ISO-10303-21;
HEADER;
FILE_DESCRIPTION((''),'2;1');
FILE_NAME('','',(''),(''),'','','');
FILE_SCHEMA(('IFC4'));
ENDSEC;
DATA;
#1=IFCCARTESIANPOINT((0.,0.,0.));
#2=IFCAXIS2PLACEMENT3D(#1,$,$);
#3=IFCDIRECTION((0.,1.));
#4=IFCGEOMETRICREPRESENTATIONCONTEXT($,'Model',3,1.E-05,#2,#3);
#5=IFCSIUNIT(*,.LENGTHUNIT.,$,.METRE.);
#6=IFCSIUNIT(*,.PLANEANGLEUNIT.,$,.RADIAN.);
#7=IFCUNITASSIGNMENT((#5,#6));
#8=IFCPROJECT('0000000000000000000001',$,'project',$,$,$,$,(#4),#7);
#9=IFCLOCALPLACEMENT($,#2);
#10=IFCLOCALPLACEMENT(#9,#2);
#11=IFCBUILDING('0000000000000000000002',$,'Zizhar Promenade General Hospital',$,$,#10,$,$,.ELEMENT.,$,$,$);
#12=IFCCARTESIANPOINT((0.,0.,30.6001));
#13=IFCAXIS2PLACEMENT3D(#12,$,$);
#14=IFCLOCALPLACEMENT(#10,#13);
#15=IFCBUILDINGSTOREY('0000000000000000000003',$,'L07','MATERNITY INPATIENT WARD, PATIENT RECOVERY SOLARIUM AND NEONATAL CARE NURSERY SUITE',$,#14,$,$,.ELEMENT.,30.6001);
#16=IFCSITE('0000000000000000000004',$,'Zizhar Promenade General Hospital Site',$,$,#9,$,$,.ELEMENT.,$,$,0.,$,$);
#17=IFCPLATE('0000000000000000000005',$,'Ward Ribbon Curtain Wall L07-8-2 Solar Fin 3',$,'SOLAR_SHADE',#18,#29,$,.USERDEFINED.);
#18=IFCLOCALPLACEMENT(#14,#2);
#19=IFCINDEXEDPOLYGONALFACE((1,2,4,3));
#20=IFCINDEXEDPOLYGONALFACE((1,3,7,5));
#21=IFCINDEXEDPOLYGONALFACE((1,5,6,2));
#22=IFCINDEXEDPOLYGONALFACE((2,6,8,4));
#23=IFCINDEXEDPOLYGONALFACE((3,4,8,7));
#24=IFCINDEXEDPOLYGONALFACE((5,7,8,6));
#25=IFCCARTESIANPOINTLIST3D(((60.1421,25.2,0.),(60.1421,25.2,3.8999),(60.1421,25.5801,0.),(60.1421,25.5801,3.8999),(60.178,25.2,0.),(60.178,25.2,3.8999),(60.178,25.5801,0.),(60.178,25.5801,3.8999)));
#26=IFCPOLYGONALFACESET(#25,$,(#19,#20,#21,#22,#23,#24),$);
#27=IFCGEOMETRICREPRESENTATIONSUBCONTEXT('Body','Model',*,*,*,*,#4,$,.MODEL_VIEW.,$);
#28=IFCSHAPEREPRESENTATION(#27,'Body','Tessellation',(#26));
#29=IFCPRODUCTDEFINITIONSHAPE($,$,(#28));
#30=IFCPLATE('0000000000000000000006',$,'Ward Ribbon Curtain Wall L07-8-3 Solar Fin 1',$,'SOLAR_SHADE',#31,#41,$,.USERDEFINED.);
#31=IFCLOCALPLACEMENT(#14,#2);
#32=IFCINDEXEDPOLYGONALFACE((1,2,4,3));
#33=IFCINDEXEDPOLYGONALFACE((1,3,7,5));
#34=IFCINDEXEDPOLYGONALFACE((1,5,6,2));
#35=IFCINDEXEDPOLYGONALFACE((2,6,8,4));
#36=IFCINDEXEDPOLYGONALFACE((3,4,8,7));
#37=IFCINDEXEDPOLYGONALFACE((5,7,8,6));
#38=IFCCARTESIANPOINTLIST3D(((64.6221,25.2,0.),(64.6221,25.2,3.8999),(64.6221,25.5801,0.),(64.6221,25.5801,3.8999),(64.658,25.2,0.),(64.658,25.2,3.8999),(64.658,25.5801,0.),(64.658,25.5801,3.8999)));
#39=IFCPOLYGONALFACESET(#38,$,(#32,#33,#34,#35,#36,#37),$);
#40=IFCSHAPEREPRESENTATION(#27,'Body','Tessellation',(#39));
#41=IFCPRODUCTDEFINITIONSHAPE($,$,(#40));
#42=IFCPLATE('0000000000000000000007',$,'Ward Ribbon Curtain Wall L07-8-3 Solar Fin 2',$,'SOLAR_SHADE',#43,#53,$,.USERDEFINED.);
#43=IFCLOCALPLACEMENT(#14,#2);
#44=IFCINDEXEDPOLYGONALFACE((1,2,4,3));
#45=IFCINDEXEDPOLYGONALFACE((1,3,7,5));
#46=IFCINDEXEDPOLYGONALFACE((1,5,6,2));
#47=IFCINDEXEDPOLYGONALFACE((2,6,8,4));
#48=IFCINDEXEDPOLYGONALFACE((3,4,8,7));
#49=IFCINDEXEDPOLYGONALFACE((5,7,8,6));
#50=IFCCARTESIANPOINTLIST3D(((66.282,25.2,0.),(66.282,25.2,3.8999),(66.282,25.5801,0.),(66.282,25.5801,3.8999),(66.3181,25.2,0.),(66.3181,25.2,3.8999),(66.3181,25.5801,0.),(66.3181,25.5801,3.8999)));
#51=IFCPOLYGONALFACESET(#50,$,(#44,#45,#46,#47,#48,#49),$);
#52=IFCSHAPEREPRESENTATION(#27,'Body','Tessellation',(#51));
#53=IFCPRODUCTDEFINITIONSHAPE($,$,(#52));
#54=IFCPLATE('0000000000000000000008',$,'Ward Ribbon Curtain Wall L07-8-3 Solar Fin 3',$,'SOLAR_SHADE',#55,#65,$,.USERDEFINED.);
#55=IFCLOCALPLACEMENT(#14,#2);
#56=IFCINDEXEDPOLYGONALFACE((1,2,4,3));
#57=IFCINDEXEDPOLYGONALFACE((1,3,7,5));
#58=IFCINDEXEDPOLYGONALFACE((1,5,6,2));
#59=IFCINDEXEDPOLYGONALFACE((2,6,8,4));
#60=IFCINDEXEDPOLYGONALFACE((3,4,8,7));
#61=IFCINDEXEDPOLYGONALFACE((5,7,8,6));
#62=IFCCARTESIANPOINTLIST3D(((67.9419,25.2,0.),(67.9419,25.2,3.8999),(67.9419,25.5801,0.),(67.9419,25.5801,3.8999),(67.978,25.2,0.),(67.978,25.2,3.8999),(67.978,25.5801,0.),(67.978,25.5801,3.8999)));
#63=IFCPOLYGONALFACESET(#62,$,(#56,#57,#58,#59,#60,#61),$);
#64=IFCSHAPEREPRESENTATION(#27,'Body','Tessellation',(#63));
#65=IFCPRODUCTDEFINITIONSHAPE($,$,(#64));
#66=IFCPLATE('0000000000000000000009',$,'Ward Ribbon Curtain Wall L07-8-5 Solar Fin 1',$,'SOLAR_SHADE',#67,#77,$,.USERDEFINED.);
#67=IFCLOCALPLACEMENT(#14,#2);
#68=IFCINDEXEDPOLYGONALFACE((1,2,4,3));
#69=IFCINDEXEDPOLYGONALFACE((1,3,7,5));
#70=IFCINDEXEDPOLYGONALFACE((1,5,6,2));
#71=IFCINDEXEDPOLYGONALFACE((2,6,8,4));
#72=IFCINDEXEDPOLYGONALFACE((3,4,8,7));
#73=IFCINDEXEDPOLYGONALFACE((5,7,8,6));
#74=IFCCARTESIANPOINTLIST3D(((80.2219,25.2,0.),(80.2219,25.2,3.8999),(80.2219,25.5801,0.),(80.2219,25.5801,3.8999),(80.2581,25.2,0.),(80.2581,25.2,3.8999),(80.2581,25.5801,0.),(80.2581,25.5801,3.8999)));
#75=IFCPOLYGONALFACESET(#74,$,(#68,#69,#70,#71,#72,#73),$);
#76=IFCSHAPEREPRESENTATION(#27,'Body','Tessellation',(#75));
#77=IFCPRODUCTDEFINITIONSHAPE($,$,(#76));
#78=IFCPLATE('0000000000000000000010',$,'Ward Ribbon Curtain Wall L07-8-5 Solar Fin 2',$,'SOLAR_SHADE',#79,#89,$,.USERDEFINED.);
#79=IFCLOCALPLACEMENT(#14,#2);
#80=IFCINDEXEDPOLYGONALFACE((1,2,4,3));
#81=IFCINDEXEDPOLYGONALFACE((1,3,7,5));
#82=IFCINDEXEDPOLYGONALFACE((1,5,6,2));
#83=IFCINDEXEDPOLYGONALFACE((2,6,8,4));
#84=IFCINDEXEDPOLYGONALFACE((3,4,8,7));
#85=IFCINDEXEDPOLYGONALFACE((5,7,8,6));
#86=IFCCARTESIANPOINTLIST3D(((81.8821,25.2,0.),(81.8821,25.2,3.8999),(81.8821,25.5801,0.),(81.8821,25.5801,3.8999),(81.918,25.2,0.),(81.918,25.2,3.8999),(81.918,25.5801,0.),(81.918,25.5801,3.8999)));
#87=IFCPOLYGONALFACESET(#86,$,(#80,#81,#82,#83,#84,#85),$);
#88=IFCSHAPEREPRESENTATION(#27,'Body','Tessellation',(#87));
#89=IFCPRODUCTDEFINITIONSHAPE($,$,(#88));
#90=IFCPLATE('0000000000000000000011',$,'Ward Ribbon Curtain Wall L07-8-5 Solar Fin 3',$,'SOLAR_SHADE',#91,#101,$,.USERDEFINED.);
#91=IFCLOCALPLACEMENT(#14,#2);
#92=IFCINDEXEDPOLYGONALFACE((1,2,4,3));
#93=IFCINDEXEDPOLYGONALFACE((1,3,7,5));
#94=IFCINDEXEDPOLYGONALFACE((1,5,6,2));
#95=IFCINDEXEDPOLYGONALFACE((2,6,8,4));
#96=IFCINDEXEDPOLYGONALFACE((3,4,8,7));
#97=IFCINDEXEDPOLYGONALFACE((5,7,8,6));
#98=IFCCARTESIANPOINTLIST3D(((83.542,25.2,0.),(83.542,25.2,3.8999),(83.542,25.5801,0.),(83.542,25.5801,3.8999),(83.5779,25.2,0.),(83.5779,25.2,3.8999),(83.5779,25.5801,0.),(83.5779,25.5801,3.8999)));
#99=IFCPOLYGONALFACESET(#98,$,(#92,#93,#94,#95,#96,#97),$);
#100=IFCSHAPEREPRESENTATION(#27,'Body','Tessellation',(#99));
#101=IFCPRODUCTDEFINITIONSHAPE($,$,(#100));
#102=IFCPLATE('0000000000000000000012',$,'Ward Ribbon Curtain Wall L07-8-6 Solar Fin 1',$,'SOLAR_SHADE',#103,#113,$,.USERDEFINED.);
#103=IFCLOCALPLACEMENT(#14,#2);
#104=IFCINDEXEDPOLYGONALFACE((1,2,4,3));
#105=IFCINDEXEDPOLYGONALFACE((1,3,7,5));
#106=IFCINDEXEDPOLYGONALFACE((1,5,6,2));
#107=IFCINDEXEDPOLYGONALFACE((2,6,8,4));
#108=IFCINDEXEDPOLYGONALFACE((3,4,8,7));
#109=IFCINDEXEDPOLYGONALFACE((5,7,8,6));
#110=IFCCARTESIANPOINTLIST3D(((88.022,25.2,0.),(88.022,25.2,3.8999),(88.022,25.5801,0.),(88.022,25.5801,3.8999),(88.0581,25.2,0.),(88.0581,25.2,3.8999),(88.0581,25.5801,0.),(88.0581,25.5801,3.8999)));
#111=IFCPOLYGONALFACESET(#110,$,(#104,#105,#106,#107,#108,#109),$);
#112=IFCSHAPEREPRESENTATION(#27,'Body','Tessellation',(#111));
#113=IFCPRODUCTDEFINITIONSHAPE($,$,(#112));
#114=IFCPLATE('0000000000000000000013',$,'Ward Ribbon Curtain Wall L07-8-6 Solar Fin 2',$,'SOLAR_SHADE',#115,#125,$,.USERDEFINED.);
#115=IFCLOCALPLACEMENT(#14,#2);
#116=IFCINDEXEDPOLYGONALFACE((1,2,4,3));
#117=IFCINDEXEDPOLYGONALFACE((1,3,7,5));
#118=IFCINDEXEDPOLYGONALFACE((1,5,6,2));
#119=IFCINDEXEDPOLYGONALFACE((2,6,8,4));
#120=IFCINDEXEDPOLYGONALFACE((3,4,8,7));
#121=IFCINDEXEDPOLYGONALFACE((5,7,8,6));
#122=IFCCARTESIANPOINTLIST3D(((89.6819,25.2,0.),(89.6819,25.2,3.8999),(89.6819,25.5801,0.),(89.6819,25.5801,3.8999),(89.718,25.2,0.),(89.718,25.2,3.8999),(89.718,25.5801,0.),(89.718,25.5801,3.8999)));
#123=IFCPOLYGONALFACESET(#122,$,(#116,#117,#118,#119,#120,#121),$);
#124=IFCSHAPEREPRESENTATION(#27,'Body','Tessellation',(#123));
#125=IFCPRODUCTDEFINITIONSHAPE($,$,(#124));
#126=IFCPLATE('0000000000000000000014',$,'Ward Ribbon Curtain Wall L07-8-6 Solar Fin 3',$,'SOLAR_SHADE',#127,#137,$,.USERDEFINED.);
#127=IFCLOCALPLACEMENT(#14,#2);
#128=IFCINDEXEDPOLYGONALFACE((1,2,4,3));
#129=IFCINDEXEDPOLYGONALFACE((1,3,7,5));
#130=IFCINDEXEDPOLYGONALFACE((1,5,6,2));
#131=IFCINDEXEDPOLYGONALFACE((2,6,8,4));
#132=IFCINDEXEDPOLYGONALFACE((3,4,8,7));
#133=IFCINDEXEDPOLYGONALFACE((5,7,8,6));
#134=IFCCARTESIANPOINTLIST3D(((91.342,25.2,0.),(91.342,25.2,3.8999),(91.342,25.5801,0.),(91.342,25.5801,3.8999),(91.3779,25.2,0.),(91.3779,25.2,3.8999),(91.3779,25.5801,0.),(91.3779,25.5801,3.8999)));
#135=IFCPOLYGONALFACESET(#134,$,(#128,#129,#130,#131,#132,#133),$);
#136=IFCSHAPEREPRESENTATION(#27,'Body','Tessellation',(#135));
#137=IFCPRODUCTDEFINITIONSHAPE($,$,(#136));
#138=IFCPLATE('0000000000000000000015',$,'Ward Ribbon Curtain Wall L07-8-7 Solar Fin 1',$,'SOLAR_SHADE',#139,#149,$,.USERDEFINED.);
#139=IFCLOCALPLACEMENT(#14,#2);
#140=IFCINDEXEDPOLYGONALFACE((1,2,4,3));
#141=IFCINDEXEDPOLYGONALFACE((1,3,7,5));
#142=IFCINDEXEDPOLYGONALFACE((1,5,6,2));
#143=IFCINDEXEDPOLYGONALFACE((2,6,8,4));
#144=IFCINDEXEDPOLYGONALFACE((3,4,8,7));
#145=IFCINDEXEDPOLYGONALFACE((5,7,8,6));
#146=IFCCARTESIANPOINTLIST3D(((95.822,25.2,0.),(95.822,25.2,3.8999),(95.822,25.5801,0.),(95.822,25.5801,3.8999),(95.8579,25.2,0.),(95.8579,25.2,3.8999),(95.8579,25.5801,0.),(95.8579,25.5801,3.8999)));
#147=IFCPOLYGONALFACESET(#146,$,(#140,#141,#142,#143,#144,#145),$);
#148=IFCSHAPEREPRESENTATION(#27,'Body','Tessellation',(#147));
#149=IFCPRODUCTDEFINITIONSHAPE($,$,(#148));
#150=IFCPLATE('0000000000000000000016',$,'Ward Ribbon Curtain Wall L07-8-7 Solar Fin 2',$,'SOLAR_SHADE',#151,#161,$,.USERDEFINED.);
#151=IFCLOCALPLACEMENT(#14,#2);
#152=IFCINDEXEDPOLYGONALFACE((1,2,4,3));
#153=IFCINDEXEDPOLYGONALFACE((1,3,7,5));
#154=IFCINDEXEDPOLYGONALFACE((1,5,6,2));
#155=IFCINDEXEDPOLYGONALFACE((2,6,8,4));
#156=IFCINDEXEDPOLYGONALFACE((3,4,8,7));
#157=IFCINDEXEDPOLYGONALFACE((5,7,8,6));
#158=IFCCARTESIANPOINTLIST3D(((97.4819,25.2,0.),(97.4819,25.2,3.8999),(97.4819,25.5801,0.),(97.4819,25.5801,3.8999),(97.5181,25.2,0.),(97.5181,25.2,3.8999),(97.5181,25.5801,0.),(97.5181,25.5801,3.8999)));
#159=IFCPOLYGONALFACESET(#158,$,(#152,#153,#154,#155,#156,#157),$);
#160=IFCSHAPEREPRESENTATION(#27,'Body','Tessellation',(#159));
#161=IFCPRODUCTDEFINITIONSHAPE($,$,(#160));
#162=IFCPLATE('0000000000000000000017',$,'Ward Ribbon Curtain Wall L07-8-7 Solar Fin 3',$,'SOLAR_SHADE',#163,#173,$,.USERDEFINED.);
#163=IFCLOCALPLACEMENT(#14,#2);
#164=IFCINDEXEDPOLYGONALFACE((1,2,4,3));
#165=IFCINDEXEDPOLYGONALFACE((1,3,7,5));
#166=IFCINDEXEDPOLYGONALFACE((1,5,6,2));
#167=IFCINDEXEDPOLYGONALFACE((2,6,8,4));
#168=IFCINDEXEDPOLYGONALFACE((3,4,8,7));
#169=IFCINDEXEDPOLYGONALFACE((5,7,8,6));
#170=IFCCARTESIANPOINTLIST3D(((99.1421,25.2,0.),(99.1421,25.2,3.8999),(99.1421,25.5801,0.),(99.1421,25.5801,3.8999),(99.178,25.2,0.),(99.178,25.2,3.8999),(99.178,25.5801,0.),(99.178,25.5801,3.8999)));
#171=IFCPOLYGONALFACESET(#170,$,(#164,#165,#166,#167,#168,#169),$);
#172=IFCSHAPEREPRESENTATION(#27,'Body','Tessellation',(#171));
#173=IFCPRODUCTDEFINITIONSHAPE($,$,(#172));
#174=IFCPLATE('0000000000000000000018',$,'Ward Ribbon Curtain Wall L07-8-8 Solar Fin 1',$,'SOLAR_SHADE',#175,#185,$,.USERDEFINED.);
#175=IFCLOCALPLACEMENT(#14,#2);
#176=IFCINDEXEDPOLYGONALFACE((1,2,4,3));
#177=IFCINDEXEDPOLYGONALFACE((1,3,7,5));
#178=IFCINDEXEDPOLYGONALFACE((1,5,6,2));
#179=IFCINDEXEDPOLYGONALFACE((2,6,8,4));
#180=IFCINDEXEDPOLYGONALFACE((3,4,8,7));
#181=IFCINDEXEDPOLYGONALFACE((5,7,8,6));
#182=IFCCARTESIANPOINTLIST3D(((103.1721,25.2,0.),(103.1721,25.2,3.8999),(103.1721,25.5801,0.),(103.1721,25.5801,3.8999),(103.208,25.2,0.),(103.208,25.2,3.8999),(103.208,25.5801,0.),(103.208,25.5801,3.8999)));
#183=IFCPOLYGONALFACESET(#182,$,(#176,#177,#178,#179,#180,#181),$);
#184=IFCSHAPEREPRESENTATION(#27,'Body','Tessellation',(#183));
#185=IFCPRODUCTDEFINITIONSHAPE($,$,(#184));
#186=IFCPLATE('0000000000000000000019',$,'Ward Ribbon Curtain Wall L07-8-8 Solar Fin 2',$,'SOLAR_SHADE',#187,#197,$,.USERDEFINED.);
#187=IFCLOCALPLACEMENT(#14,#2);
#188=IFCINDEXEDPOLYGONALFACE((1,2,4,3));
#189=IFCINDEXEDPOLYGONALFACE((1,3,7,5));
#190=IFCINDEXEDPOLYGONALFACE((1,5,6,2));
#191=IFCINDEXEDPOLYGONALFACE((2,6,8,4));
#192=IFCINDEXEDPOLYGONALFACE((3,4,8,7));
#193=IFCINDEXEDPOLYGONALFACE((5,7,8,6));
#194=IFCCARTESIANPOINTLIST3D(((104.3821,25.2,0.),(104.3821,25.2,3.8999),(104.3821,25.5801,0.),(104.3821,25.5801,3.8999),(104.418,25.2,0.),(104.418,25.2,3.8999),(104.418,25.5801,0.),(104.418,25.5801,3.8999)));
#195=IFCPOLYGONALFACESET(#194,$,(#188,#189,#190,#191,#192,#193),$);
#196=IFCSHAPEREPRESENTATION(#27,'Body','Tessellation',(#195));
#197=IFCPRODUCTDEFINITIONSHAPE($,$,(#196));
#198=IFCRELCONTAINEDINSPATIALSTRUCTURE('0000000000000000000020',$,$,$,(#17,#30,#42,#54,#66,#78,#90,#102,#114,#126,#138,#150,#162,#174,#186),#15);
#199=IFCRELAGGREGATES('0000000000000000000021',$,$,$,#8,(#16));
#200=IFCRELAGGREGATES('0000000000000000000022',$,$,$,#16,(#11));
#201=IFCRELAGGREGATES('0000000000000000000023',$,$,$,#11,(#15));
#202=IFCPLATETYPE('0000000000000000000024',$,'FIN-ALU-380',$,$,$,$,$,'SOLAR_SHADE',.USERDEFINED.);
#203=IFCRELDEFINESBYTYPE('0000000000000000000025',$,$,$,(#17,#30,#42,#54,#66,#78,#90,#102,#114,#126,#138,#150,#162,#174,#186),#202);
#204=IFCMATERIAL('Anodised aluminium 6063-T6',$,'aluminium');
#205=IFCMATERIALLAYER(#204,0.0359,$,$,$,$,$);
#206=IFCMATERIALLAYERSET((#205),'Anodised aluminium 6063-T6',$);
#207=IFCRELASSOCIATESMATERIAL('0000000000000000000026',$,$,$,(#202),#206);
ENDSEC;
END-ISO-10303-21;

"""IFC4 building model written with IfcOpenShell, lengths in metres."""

from ifc_helpers import new_model, si_unit, direction, frame, origin, place, context, subcontext, project, spatial, polyline, outline, extrude, material, layer, layer_set, type_object, element, save


model = new_model("IFC4")

# Units and contexts
model_context = context("Model", 3, precision=1e-05, world=origin(), true_north=direction((0.0, 1.0)))
body_context = subcontext(model_context, "Body", "Model", "MODEL_VIEW")
ifc_project = project(units=[si_unit("LENGTHUNIT", "METRE"), si_unit("PLANEANGLEUNIT", "RADIAN")], contexts=[model_context])

# Site, building, storey
site_placement = place(None, origin())
site = spatial("IfcSite", under=ifc_project, at=site_placement, Name="Zizhar Promenade General Hospital Site", CompositionType="ELEMENT", RefElevation=0.0)
building_placement = place(site_placement, origin())
building = spatial("IfcBuilding", under=site, at=building_placement, Name="Zizhar Promenade General Hospital", CompositionType="ELEMENT")
storey_placement = place(building_placement, frame((0.0, 0.0, 30.6001)))
storey = spatial("IfcBuildingStorey", under=building, at=storey_placement, Name="L07", Description="MATERNITY INPATIENT WARD, PATIENT RECOVERY SOLARIUM AND NEONATAL CARE NURSERY SUITE", CompositionType="ELEMENT", Elevation=30.6001)

# Plates
ifc_material = material(Name="Anodised aluminium 6063-T6", Category="aluminium")
ifc_layer = layer(ifc_material, 0.0359)
ifc_layer_set = layer_set([ifc_layer], Name="Anodised aluminium 6063-T6")
plate_type = type_object("IfcPlateType", Name="FIN-ALU-380", ElementType="SOLAR_SHADE", PredefinedType="USERDEFINED", material=ifc_layer_set)
plate_1_placement = place(storey_placement, origin())
element("IfcPlate", 1, at=plate_1_placement, inside=storey, type_object=plate_type, Name="Ward Ribbon Curtain Wall L07-8-2 Solar Fin 3", ObjectType="SOLAR_SHADE", PredefinedType="USERDEFINED", context=body_context, shape_type="SweptSolid", body=[
    extrude(outline(polyline([(60.1421, 25.2), (60.178, 25.2), (60.178, 25.5801), (60.1421, 25.5801), (60.1421, 25.2)])), origin(), (0.0, 0.0, 1.0), 3.8999),
])
plate_2_placement = place(storey_placement, origin())
element("IfcPlate", 2, at=plate_2_placement, inside=storey, type_object=plate_type, Name="Ward Ribbon Curtain Wall L07-8-3 Solar Fin 1", ObjectType="SOLAR_SHADE", PredefinedType="USERDEFINED", context=body_context, shape_type="SweptSolid", body=[
    extrude(outline(polyline([(64.6221, 25.2), (64.658, 25.2), (64.658, 25.5801), (64.6221, 25.5801), (64.6221, 25.2)])), origin(), (0.0, 0.0, 1.0), 3.8999),
])
plate_3_placement = place(storey_placement, origin())
element("IfcPlate", 3, at=plate_3_placement, inside=storey, type_object=plate_type, Name="Ward Ribbon Curtain Wall L07-8-3 Solar Fin 2", ObjectType="SOLAR_SHADE", PredefinedType="USERDEFINED", context=body_context, shape_type="SweptSolid", body=[
    extrude(outline(polyline([(66.282, 25.2), (66.3181, 25.2), (66.3181, 25.5801), (66.282, 25.5801), (66.282, 25.2)])), origin(), (0.0, 0.0, 1.0), 3.8999),
])
plate_4_placement = place(storey_placement, origin())
element("IfcPlate", 4, at=plate_4_placement, inside=storey, type_object=plate_type, Name="Ward Ribbon Curtain Wall L07-8-3 Solar Fin 3", ObjectType="SOLAR_SHADE", PredefinedType="USERDEFINED", context=body_context, shape_type="SweptSolid", body=[
    extrude(outline(polyline([(67.9419, 25.2), (67.978, 25.2), (67.978, 25.5801), (67.9419, 25.5801), (67.9419, 25.2)])), origin(), (0.0, 0.0, 1.0), 3.8999),
])
plate_5_placement = place(storey_placement, origin())
element("IfcPlate", 5, at=plate_5_placement, inside=storey, type_object=plate_type, Name="Ward Ribbon Curtain Wall L07-8-5 Solar Fin 1", ObjectType="SOLAR_SHADE", PredefinedType="USERDEFINED", context=body_context, shape_type="SweptSolid", body=[
    extrude(outline(polyline([(80.2219, 25.2), (80.2581, 25.2), (80.2581, 25.5801), (80.2219, 25.5801), (80.2219, 25.2)])), origin(), (0.0, 0.0, 1.0), 3.8999),
])
plate_6_placement = place(storey_placement, origin())
element("IfcPlate", 6, at=plate_6_placement, inside=storey, type_object=plate_type, Name="Ward Ribbon Curtain Wall L07-8-5 Solar Fin 2", ObjectType="SOLAR_SHADE", PredefinedType="USERDEFINED", context=body_context, shape_type="SweptSolid", body=[
    extrude(outline(polyline([(81.8821, 25.2), (81.918, 25.2), (81.918, 25.5801), (81.8821, 25.5801), (81.8821, 25.2)])), origin(), (0.0, 0.0, 1.0), 3.8999),
])
plate_7_placement = place(storey_placement, origin())
element("IfcPlate", 7, at=plate_7_placement, inside=storey, type_object=plate_type, Name="Ward Ribbon Curtain Wall L07-8-5 Solar Fin 3", ObjectType="SOLAR_SHADE", PredefinedType="USERDEFINED", context=body_context, shape_type="SweptSolid", body=[
    extrude(outline(polyline([(83.542, 25.2), (83.5779, 25.2), (83.5779, 25.5801), (83.542, 25.5801), (83.542, 25.2)])), origin(), (0.0, 0.0, 1.0), 3.8999),
])
plate_8_placement = place(storey_placement, origin())
element("IfcPlate", 8, at=plate_8_placement, inside=storey, type_object=plate_type, Name="Ward Ribbon Curtain Wall L07-8-6 Solar Fin 1", ObjectType="SOLAR_SHADE", PredefinedType="USERDEFINED", context=body_context, shape_type="SweptSolid", body=[
    extrude(outline(polyline([(88.022, 25.2), (88.0581, 25.2), (88.0581, 25.5801), (88.022, 25.5801), (88.022, 25.2)])), origin(), (0.0, 0.0, 1.0), 3.8999),
])
plate_9_placement = place(storey_placement, origin())
element("IfcPlate", 9, at=plate_9_placement, inside=storey, type_object=plate_type, Name="Ward Ribbon Curtain Wall L07-8-6 Solar Fin 2", ObjectType="SOLAR_SHADE", PredefinedType="USERDEFINED", context=body_context, shape_type="SweptSolid", body=[
    extrude(outline(polyline([(89.6819, 25.2), (89.718, 25.2), (89.718, 25.5801), (89.6819, 25.5801), (89.6819, 25.2)])), origin(), (0.0, 0.0, 1.0), 3.8999),
])
plate_10_placement = place(storey_placement, origin())
element("IfcPlate", 10, at=plate_10_placement, inside=storey, type_object=plate_type, Name="Ward Ribbon Curtain Wall L07-8-6 Solar Fin 3", ObjectType="SOLAR_SHADE", PredefinedType="USERDEFINED", context=body_context, shape_type="SweptSolid", body=[
    extrude(outline(polyline([(91.342, 25.2), (91.3779, 25.2), (91.3779, 25.5801), (91.342, 25.5801), (91.342, 25.2)])), origin(), (0.0, 0.0, 1.0), 3.8999),
])
plate_11_placement = place(storey_placement, origin())
element("IfcPlate", 11, at=plate_11_placement, inside=storey, type_object=plate_type, Name="Ward Ribbon Curtain Wall L07-8-7 Solar Fin 1", ObjectType="SOLAR_SHADE", PredefinedType="USERDEFINED", context=body_context, shape_type="SweptSolid", body=[
    extrude(outline(polyline([(95.822, 25.2), (95.8579, 25.2), (95.8579, 25.5801), (95.822, 25.5801), (95.822, 25.2)])), origin(), (0.0, 0.0, 1.0), 3.8999),
])
plate_12_placement = place(storey_placement, origin())
element("IfcPlate", 12, at=plate_12_placement, inside=storey, type_object=plate_type, Name="Ward Ribbon Curtain Wall L07-8-7 Solar Fin 2", ObjectType="SOLAR_SHADE", PredefinedType="USERDEFINED", context=body_context, shape_type="SweptSolid", body=[
    extrude(outline(polyline([(97.4819, 25.2), (97.5181, 25.2), (97.5181, 25.5801), (97.4819, 25.5801), (97.4819, 25.2)])), origin(), (0.0, 0.0, 1.0), 3.8999),
])
plate_13_placement = place(storey_placement, origin())
element("IfcPlate", 13, at=plate_13_placement, inside=storey, type_object=plate_type, Name="Ward Ribbon Curtain Wall L07-8-7 Solar Fin 3", ObjectType="SOLAR_SHADE", PredefinedType="USERDEFINED", context=body_context, shape_type="SweptSolid", body=[
    extrude(outline(polyline([(99.1421, 25.2), (99.178, 25.2), (99.178, 25.5801), (99.1421, 25.5801), (99.1421, 25.2)])), origin(), (0.0, 0.0, 1.0), 3.8999),
])
plate_14_placement = place(storey_placement, origin())
element("IfcPlate", 14, at=plate_14_placement, inside=storey, type_object=plate_type, Name="Ward Ribbon Curtain Wall L07-8-8 Solar Fin 1", ObjectType="SOLAR_SHADE", PredefinedType="USERDEFINED", context=body_context, shape_type="SweptSolid", body=[
    extrude(outline(polyline([(103.1721, 25.2), (103.208, 25.2), (103.208, 25.5801), (103.1721, 25.5801), (103.1721, 25.2)])), origin(), (0.0, 0.0, 1.0), 3.8999),
])
plate_15_placement = place(storey_placement, origin())
element("IfcPlate", 15, at=plate_15_placement, inside=storey, type_object=plate_type, Name="Ward Ribbon Curtain Wall L07-8-8 Solar Fin 2", ObjectType="SOLAR_SHADE", PredefinedType="USERDEFINED", context=body_context, shape_type="SweptSolid", body=[
    extrude(outline(polyline([(104.3821, 25.2), (104.418, 25.2), (104.418, 25.5801), (104.3821, 25.5801), (104.3821, 25.2)])), origin(), (0.0, 0.0, 1.0), 3.8999),
])

save(model, "model.ifc")
